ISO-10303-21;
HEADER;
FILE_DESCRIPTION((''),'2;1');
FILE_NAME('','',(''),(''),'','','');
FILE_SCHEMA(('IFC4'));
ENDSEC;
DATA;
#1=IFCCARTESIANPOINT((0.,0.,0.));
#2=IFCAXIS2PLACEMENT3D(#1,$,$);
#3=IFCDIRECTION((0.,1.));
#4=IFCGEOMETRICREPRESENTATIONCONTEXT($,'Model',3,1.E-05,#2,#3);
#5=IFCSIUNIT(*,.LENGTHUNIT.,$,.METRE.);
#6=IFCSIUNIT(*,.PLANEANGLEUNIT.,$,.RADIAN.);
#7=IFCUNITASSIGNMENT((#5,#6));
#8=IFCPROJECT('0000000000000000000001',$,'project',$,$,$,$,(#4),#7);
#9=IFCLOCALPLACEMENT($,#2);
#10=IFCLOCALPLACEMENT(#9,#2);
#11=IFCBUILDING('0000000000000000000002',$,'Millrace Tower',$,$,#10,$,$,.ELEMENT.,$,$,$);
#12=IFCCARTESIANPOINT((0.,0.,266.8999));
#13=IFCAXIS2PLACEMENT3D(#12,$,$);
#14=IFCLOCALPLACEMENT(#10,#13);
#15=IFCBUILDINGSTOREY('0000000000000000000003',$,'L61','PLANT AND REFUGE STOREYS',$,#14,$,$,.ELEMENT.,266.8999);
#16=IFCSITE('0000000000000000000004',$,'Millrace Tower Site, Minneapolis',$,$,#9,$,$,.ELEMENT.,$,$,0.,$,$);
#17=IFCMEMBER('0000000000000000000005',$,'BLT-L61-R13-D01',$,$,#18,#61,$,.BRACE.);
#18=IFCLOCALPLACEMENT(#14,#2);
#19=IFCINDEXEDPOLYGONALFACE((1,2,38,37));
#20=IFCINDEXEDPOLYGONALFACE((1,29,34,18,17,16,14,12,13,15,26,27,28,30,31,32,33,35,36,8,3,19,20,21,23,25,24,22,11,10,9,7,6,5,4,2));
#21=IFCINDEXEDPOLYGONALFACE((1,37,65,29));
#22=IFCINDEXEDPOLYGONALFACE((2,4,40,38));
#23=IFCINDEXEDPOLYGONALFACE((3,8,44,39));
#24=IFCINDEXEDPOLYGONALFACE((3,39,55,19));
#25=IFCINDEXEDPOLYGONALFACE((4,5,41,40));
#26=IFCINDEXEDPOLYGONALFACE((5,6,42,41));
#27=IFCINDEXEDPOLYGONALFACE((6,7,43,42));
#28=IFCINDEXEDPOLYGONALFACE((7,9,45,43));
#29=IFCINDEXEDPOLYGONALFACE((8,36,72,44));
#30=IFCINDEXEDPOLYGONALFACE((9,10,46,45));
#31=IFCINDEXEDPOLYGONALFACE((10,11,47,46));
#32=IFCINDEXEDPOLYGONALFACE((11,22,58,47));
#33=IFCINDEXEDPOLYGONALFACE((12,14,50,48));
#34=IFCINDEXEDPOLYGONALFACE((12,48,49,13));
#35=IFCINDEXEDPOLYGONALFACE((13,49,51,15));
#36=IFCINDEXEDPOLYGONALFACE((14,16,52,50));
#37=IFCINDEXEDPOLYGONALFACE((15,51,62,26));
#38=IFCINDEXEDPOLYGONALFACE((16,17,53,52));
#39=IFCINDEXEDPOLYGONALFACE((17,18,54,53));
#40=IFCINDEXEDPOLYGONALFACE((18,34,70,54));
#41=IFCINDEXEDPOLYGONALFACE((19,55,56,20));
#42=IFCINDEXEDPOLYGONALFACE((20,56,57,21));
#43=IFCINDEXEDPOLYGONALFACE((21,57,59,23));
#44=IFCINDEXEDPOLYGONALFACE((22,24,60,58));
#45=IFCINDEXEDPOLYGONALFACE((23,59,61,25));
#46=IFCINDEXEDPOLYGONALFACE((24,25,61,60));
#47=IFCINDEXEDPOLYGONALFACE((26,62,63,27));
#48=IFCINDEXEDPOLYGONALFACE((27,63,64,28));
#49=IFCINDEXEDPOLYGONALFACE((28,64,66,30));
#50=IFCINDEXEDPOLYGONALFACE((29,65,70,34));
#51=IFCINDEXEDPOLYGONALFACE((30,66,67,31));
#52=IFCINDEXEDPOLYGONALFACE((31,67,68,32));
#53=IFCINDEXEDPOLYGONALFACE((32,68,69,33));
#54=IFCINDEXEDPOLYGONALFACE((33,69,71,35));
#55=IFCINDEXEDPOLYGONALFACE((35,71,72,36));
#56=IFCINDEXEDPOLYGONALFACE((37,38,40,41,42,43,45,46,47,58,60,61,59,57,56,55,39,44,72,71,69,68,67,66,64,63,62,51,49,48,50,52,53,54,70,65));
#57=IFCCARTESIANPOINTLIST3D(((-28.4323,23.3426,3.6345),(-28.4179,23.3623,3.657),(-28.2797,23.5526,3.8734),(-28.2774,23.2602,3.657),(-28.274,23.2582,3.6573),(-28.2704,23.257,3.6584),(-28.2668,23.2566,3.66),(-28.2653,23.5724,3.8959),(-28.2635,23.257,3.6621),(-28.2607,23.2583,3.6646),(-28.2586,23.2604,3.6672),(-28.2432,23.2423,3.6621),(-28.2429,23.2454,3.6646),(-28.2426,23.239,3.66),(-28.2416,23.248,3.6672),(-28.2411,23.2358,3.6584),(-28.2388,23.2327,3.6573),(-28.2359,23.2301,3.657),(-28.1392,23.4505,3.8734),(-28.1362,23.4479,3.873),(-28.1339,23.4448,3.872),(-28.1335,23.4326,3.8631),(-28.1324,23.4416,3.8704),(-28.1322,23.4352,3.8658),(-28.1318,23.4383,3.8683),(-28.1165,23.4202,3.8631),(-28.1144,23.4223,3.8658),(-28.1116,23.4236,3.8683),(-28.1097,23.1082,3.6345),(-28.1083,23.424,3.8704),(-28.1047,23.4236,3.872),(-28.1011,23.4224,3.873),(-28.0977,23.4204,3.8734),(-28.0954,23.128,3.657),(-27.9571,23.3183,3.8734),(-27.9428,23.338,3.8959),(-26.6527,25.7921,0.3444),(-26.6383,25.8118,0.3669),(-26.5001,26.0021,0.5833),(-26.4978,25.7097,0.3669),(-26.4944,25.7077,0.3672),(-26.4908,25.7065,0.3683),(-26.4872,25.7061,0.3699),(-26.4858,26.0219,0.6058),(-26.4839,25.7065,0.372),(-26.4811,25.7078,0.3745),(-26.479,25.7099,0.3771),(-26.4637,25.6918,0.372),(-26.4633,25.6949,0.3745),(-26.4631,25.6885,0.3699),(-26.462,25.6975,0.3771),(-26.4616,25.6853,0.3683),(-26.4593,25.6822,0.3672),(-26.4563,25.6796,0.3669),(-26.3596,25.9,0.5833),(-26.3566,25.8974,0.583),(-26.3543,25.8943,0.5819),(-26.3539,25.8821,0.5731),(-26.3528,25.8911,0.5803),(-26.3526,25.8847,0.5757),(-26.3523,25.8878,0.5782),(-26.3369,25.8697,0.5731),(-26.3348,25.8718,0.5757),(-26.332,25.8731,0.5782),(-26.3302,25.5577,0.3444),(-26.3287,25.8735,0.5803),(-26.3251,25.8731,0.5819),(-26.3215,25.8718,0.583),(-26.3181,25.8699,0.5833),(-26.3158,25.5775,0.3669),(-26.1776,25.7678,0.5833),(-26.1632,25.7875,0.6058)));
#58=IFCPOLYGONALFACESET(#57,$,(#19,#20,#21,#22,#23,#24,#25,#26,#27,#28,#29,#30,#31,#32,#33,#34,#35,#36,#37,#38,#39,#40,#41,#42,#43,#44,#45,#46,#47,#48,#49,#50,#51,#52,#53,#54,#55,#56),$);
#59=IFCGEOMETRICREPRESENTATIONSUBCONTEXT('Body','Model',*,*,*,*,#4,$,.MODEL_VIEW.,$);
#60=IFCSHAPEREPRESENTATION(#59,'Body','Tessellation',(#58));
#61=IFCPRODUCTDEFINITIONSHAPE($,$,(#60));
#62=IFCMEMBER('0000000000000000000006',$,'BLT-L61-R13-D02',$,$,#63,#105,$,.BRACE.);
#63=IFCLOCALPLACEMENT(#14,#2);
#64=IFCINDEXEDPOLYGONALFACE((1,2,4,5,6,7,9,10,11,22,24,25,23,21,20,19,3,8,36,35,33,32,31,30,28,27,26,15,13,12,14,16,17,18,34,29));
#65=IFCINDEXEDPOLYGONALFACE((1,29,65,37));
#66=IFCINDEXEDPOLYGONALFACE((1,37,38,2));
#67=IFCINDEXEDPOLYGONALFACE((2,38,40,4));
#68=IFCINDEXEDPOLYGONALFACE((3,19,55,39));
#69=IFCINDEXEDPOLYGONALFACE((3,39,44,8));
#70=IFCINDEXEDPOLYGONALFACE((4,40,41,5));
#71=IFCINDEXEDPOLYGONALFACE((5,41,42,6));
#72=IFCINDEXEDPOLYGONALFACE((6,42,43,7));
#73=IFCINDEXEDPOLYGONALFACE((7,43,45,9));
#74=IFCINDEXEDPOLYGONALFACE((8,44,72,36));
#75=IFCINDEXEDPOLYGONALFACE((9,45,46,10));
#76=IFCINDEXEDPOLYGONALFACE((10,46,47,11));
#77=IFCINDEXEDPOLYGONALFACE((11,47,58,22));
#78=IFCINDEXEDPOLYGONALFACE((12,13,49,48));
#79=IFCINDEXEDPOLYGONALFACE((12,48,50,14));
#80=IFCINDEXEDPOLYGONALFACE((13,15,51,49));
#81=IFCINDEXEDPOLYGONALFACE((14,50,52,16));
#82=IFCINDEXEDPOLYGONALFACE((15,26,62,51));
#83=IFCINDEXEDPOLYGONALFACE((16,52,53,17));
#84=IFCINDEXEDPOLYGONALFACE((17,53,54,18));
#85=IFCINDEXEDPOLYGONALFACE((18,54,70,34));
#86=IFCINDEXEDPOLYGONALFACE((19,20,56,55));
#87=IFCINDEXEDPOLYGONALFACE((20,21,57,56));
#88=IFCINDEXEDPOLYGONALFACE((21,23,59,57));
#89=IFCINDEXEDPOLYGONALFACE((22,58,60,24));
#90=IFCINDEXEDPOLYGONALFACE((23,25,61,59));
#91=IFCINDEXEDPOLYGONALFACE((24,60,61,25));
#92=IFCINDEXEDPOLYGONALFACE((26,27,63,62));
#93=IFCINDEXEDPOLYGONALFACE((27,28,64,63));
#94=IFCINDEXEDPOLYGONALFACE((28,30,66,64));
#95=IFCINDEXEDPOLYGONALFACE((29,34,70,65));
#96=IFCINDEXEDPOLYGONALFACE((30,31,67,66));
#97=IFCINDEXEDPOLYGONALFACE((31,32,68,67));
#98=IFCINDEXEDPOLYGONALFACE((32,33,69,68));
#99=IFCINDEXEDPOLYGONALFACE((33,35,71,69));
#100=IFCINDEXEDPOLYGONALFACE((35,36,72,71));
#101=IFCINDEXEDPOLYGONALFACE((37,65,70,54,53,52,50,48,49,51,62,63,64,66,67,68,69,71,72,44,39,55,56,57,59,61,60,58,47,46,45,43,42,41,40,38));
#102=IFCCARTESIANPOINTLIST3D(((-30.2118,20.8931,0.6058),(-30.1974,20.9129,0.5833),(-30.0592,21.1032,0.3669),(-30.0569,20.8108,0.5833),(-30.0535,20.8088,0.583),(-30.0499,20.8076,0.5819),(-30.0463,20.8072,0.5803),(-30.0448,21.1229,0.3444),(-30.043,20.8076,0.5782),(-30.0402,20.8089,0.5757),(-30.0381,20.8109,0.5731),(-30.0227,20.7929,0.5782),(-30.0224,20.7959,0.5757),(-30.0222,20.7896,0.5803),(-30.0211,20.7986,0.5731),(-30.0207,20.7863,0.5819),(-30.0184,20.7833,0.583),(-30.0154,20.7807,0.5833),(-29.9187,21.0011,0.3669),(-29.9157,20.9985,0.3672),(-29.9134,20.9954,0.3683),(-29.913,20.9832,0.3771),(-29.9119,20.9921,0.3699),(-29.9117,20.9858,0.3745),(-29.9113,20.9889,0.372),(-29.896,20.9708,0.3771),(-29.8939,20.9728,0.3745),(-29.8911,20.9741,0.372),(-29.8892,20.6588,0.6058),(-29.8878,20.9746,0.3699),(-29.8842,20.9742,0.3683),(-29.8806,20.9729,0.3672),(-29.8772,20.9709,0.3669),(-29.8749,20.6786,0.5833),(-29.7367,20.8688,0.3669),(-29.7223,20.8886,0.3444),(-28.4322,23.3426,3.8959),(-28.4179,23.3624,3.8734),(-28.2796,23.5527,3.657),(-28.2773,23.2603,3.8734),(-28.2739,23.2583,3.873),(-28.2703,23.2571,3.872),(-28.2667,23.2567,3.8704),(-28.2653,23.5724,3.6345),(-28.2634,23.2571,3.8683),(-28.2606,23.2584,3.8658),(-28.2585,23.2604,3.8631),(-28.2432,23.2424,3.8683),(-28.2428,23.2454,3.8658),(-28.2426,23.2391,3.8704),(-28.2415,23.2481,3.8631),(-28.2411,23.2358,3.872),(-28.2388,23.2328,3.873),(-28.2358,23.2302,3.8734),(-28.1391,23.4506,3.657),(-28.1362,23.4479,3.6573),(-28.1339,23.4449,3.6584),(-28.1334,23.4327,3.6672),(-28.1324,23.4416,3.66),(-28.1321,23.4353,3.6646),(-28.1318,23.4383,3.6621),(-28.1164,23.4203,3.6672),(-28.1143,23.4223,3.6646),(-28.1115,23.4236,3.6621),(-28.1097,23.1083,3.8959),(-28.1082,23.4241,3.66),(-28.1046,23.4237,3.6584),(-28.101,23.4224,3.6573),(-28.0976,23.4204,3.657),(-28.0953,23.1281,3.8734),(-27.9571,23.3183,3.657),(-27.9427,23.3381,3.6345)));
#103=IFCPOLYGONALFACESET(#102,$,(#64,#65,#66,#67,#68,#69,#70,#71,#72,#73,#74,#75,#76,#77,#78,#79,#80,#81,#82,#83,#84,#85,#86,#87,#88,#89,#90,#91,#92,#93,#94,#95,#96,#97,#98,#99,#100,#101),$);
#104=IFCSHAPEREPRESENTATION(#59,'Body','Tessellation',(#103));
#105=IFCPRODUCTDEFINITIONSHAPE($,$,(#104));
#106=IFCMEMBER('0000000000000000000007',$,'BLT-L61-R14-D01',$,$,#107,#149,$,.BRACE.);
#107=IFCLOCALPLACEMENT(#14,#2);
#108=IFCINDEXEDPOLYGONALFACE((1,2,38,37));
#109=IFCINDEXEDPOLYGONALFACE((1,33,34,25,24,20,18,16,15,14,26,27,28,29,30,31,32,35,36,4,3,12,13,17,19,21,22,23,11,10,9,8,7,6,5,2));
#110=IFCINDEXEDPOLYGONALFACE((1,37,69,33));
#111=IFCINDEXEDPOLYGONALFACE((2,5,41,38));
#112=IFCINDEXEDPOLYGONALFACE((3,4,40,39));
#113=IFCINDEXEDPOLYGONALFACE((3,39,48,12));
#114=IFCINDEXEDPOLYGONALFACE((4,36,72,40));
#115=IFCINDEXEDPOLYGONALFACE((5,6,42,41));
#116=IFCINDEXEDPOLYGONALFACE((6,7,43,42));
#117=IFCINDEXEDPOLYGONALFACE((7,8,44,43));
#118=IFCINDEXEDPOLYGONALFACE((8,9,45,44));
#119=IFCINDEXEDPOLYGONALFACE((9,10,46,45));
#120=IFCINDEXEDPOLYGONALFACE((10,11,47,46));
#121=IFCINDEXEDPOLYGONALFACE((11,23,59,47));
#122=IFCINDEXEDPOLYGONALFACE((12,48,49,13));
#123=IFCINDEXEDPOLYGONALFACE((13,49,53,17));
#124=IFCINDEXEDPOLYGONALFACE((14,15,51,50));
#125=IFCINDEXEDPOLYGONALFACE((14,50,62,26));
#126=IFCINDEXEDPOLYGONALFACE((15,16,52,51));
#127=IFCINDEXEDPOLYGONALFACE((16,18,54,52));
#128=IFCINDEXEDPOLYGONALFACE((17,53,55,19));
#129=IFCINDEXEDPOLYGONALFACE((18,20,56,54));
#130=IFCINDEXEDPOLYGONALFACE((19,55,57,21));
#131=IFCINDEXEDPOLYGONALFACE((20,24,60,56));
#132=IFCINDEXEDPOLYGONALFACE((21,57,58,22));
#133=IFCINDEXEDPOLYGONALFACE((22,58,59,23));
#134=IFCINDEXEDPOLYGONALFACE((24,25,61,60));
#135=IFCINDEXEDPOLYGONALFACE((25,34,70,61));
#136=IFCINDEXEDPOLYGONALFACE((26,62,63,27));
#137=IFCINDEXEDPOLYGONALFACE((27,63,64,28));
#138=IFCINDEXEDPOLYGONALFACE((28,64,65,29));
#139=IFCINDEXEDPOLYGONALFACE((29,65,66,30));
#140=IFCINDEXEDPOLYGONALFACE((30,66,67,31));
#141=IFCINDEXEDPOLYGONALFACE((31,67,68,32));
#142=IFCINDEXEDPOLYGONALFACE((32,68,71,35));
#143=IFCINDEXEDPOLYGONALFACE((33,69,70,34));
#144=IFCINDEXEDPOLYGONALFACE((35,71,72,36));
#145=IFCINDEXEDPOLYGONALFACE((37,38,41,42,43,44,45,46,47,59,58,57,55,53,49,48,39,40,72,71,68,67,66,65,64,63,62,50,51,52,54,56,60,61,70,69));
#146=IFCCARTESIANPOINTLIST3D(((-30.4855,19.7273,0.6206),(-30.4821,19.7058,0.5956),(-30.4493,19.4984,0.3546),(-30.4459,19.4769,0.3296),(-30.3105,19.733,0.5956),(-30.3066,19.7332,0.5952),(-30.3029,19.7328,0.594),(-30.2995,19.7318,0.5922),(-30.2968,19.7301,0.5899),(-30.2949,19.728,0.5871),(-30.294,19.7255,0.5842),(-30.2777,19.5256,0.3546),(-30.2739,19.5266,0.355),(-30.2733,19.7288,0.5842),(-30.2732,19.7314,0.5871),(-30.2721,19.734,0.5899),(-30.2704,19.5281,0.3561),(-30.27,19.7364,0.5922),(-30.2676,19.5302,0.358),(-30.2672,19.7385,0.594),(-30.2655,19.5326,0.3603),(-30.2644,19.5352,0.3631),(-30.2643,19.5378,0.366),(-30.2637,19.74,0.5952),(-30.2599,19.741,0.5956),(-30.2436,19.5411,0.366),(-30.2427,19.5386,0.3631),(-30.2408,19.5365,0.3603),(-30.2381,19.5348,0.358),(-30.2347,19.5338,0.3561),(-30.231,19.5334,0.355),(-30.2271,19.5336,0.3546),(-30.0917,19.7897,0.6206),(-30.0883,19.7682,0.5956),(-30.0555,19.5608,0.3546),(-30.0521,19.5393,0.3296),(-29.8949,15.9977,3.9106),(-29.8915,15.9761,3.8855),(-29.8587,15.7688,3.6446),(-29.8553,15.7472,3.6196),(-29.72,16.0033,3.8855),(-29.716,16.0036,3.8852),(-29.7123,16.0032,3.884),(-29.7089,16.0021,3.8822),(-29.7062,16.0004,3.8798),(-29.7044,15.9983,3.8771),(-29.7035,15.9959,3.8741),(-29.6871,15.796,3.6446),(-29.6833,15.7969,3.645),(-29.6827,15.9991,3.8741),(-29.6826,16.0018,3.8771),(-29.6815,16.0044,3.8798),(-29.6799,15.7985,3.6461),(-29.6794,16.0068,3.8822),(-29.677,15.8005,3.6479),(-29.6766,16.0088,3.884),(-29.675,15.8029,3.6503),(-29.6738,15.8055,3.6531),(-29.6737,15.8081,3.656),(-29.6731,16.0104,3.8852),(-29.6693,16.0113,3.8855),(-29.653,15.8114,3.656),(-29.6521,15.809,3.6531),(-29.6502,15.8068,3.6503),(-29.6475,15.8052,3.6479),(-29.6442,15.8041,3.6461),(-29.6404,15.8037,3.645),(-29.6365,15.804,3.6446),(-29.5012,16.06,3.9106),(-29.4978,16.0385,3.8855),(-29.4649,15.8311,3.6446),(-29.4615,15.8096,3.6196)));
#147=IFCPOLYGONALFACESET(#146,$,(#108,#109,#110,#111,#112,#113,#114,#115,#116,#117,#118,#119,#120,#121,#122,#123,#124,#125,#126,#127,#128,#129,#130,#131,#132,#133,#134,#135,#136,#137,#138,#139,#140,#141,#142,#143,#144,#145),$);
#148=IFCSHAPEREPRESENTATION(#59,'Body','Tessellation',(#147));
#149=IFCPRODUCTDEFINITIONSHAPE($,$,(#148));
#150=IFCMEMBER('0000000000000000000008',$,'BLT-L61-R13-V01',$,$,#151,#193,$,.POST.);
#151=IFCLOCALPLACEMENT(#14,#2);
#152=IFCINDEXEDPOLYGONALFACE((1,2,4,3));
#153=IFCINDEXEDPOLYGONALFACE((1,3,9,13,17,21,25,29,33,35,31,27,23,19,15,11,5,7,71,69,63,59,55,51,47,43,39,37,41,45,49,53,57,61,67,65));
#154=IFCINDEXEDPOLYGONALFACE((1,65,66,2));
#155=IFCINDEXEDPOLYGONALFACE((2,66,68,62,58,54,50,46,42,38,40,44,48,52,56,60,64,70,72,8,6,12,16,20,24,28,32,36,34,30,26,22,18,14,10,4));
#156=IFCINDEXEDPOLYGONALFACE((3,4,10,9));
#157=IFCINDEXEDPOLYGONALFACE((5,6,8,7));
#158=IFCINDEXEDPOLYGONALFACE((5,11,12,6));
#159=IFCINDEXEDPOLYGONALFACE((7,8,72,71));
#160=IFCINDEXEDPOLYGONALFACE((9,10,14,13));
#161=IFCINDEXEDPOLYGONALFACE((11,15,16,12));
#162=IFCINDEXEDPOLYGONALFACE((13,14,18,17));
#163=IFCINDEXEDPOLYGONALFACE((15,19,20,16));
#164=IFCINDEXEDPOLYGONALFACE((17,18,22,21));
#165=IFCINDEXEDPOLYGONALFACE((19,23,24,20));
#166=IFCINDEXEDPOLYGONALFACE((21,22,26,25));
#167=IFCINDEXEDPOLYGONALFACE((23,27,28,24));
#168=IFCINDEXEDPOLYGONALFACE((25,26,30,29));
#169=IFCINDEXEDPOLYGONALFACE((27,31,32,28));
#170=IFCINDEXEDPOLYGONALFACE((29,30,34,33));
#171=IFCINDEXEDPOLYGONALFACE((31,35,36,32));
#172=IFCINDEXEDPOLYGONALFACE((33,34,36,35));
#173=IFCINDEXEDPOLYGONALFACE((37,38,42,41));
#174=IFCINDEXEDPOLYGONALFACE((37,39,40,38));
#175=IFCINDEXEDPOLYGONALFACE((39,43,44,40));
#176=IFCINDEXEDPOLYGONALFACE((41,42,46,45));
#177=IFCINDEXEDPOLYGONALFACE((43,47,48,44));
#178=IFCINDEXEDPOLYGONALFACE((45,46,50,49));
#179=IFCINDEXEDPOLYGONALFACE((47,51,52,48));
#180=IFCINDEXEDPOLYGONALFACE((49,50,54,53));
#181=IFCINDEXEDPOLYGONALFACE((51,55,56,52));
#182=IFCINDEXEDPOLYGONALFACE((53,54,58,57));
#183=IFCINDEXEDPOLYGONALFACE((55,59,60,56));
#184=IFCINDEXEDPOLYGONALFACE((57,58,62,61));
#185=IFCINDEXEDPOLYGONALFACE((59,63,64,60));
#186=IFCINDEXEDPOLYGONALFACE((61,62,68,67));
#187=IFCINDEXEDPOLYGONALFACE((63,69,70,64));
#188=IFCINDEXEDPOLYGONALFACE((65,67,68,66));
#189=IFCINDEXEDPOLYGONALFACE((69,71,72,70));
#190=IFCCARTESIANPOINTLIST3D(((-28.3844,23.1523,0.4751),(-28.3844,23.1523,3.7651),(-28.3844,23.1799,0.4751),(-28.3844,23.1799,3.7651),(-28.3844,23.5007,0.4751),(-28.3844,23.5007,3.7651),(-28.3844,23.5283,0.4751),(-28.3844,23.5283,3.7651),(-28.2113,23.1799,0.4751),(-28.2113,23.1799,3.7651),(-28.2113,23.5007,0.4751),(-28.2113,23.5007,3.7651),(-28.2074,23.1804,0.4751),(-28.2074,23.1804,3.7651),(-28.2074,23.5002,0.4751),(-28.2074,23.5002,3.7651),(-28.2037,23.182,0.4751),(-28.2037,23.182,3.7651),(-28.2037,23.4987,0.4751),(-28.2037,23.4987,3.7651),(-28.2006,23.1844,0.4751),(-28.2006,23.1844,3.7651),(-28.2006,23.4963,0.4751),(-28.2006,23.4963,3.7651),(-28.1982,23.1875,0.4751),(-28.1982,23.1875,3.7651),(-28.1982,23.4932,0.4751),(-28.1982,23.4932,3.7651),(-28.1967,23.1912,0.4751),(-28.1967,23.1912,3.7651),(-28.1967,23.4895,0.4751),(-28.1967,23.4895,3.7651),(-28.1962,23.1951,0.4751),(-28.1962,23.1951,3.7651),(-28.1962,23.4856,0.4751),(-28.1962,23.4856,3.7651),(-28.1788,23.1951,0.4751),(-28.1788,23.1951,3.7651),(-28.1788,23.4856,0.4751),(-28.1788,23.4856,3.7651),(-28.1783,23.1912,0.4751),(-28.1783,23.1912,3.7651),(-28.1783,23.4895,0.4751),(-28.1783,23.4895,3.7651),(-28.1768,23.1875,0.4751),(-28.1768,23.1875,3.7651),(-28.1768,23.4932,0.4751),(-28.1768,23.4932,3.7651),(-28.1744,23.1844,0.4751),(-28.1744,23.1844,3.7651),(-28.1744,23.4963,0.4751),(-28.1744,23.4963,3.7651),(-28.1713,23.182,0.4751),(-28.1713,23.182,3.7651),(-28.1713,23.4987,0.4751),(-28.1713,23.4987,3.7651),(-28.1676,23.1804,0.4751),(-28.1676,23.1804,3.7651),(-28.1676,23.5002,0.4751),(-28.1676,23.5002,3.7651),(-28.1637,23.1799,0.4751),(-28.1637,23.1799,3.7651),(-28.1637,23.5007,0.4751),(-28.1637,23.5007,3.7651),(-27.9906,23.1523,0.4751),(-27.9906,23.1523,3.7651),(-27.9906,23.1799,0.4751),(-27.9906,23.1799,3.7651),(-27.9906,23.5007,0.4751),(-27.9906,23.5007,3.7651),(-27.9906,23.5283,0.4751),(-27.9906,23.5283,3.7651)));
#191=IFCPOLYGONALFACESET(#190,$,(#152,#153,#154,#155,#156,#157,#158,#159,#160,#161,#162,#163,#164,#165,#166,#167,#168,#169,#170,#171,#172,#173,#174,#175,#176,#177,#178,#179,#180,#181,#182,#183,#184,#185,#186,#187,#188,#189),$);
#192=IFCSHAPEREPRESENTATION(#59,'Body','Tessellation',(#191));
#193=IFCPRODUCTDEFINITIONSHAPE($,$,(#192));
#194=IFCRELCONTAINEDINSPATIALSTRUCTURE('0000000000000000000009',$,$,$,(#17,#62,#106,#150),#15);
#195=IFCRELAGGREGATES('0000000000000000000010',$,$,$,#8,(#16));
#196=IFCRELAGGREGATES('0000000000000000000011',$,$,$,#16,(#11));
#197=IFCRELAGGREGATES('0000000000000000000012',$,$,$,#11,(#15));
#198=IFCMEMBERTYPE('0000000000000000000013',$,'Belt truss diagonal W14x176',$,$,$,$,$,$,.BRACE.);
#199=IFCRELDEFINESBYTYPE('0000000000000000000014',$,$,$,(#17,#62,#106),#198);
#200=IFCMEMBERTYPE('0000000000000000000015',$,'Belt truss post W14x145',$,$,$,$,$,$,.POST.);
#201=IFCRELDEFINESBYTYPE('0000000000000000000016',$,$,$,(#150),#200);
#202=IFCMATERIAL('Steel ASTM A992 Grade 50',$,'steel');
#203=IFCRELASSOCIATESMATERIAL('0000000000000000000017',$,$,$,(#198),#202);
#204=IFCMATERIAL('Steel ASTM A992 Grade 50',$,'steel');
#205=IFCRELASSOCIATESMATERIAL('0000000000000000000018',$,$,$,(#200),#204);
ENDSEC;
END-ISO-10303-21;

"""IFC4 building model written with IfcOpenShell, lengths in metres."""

from ifc_helpers import new_model, si_unit, direction, frame, origin, origin_2d, place, context, subcontext, project, spatial, i_section, extrude, material, material_profile, profile_set, type_object, element, save


model = new_model("IFC4")

# Units and contexts
model_context = context("Model", 3, precision=1e-05, world=origin(), true_north=direction((0.0, 1.0)))
body_context = subcontext(model_context, "Body", "Model", "MODEL_VIEW")
ifc_project = project(units=[si_unit("LENGTHUNIT", "METRE"), si_unit("PLANEANGLEUNIT", "RADIAN")], contexts=[model_context])

# Site, building, storey
site_placement = place(None, origin())
site = spatial("IfcSite", under=ifc_project, at=site_placement, Name="Millrace Tower Site, Minneapolis", CompositionType="ELEMENT", RefElevation=0.0)
building_placement = place(site_placement, origin())
building = spatial("IfcBuilding", under=site, at=building_placement, Name="Millrace Tower", CompositionType="ELEMENT")
storey_placement = place(building_placement, frame((0.0, 0.0, 266.8999)))
storey = spatial("IfcBuildingStorey", under=building, at=storey_placement, Name="L61", Description="PLANT AND REFUGE STOREYS", CompositionType="ELEMENT", Elevation=266.8999)

# Members
ifc_material_1 = material(Name="Steel ASTM A992 Grade 50", Category="steel")
ifc_material_profile_1 = material_profile(ifc_material_1, i_section(OverallWidth=0.3987, OverallDepth=0.386, WebThickness=0.021, FlangeThickness=0.0332, FilletRadius=0.0151, at=origin_2d()))
ifc_profile_set_1 = profile_set([ifc_material_profile_1], Name="Steel ASTM A992 Grade 50")
member_type_1 = type_object("IfcMemberType", Name="Belt truss diagonal W14x176", PredefinedType="BRACE", material=ifc_profile_set_1)
for number, where, z_axis, x_axis, name in (
    (1, (-26.408, 25.7898, 0.4751), (-0.398007, -0.54784, 0.735841), (0.809032, -0.587764, 0.0), "BLT-L61-R13-D01"),
    (2, (-29.967, 20.8909, 0.4751), (0.398007, 0.54784, 0.735841), (-0.809032, 0.587764, 0.0), "BLT-L61-R13-D02"),
):
    element("IfcMember", number, at=place(storey_placement, frame(where, z_axis=z_axis, x_axis=x_axis)), inside=storey, type_object=member_type_1, Name=name, PredefinedType="BRACE", context=body_context, shape_type="SweptSolid", body=[
        extrude(i_section(OverallWidth=0.3987, OverallDepth=0.386, WebThickness=0.021, FlangeThickness=0.0332, FilletRadius=0.0151, at=origin_2d()), origin(), (0.0, 0.0, 1.0), 4.4712),
    ])
member_1_placement = place(storey_placement, frame((-30.2688, 19.6333, 0.4751), z_axis=(0.117917, -0.744696, 0.656904), x_axis=(0.987695, 0.156394, 0.0)))
element("IfcMember", 3, at=member_1_placement, inside=storey, type_object=member_type_1, Name="BLT-L61-R14-D01", PredefinedType="BRACE", context=body_context, shape_type="SweptSolid", body=[
    extrude(i_section(OverallWidth=0.3987, OverallDepth=0.386, WebThickness=0.021, FlangeThickness=0.0332, FilletRadius=0.0151, at=origin_2d()), origin(), (0.0, 0.0, 1.0), 5.0083),
])
ifc_material_2 = material(Name="Steel ASTM A992 Grade 50", Category="steel")
ifc_material_profile_2 = material_profile(ifc_material_2, i_section(OverallWidth=0.3938, OverallDepth=0.376, WebThickness=0.0173, FlangeThickness=0.0276, FilletRadius=0.0151, at=origin_2d()))
ifc_profile_set_2 = profile_set([ifc_material_profile_2], Name="Steel ASTM A992 Grade 50")
member_type_2 = type_object("IfcMemberType", Name="Belt truss post W14x145", PredefinedType="POST", material=ifc_profile_set_2)
member_2_placement = place(storey_placement, frame((-28.1875, 23.3403, 0.4751), z_axis=(0.0, 0.0, 1.0), x_axis=(1.0, 0.0, 0.0)))
element("IfcMember", 4, at=member_2_placement, inside=storey, type_object=member_type_2, Name="BLT-L61-R13-V01", PredefinedType="POST", context=body_context, shape_type="SweptSolid", body=[
    extrude(i_section(OverallWidth=0.3938, OverallDepth=0.376, WebThickness=0.0173, FlangeThickness=0.0276, FilletRadius=0.0151, at=origin_2d()), origin(), (0.0, 0.0, 1.0), 3.29),
])

save(model, "model.ifc")
